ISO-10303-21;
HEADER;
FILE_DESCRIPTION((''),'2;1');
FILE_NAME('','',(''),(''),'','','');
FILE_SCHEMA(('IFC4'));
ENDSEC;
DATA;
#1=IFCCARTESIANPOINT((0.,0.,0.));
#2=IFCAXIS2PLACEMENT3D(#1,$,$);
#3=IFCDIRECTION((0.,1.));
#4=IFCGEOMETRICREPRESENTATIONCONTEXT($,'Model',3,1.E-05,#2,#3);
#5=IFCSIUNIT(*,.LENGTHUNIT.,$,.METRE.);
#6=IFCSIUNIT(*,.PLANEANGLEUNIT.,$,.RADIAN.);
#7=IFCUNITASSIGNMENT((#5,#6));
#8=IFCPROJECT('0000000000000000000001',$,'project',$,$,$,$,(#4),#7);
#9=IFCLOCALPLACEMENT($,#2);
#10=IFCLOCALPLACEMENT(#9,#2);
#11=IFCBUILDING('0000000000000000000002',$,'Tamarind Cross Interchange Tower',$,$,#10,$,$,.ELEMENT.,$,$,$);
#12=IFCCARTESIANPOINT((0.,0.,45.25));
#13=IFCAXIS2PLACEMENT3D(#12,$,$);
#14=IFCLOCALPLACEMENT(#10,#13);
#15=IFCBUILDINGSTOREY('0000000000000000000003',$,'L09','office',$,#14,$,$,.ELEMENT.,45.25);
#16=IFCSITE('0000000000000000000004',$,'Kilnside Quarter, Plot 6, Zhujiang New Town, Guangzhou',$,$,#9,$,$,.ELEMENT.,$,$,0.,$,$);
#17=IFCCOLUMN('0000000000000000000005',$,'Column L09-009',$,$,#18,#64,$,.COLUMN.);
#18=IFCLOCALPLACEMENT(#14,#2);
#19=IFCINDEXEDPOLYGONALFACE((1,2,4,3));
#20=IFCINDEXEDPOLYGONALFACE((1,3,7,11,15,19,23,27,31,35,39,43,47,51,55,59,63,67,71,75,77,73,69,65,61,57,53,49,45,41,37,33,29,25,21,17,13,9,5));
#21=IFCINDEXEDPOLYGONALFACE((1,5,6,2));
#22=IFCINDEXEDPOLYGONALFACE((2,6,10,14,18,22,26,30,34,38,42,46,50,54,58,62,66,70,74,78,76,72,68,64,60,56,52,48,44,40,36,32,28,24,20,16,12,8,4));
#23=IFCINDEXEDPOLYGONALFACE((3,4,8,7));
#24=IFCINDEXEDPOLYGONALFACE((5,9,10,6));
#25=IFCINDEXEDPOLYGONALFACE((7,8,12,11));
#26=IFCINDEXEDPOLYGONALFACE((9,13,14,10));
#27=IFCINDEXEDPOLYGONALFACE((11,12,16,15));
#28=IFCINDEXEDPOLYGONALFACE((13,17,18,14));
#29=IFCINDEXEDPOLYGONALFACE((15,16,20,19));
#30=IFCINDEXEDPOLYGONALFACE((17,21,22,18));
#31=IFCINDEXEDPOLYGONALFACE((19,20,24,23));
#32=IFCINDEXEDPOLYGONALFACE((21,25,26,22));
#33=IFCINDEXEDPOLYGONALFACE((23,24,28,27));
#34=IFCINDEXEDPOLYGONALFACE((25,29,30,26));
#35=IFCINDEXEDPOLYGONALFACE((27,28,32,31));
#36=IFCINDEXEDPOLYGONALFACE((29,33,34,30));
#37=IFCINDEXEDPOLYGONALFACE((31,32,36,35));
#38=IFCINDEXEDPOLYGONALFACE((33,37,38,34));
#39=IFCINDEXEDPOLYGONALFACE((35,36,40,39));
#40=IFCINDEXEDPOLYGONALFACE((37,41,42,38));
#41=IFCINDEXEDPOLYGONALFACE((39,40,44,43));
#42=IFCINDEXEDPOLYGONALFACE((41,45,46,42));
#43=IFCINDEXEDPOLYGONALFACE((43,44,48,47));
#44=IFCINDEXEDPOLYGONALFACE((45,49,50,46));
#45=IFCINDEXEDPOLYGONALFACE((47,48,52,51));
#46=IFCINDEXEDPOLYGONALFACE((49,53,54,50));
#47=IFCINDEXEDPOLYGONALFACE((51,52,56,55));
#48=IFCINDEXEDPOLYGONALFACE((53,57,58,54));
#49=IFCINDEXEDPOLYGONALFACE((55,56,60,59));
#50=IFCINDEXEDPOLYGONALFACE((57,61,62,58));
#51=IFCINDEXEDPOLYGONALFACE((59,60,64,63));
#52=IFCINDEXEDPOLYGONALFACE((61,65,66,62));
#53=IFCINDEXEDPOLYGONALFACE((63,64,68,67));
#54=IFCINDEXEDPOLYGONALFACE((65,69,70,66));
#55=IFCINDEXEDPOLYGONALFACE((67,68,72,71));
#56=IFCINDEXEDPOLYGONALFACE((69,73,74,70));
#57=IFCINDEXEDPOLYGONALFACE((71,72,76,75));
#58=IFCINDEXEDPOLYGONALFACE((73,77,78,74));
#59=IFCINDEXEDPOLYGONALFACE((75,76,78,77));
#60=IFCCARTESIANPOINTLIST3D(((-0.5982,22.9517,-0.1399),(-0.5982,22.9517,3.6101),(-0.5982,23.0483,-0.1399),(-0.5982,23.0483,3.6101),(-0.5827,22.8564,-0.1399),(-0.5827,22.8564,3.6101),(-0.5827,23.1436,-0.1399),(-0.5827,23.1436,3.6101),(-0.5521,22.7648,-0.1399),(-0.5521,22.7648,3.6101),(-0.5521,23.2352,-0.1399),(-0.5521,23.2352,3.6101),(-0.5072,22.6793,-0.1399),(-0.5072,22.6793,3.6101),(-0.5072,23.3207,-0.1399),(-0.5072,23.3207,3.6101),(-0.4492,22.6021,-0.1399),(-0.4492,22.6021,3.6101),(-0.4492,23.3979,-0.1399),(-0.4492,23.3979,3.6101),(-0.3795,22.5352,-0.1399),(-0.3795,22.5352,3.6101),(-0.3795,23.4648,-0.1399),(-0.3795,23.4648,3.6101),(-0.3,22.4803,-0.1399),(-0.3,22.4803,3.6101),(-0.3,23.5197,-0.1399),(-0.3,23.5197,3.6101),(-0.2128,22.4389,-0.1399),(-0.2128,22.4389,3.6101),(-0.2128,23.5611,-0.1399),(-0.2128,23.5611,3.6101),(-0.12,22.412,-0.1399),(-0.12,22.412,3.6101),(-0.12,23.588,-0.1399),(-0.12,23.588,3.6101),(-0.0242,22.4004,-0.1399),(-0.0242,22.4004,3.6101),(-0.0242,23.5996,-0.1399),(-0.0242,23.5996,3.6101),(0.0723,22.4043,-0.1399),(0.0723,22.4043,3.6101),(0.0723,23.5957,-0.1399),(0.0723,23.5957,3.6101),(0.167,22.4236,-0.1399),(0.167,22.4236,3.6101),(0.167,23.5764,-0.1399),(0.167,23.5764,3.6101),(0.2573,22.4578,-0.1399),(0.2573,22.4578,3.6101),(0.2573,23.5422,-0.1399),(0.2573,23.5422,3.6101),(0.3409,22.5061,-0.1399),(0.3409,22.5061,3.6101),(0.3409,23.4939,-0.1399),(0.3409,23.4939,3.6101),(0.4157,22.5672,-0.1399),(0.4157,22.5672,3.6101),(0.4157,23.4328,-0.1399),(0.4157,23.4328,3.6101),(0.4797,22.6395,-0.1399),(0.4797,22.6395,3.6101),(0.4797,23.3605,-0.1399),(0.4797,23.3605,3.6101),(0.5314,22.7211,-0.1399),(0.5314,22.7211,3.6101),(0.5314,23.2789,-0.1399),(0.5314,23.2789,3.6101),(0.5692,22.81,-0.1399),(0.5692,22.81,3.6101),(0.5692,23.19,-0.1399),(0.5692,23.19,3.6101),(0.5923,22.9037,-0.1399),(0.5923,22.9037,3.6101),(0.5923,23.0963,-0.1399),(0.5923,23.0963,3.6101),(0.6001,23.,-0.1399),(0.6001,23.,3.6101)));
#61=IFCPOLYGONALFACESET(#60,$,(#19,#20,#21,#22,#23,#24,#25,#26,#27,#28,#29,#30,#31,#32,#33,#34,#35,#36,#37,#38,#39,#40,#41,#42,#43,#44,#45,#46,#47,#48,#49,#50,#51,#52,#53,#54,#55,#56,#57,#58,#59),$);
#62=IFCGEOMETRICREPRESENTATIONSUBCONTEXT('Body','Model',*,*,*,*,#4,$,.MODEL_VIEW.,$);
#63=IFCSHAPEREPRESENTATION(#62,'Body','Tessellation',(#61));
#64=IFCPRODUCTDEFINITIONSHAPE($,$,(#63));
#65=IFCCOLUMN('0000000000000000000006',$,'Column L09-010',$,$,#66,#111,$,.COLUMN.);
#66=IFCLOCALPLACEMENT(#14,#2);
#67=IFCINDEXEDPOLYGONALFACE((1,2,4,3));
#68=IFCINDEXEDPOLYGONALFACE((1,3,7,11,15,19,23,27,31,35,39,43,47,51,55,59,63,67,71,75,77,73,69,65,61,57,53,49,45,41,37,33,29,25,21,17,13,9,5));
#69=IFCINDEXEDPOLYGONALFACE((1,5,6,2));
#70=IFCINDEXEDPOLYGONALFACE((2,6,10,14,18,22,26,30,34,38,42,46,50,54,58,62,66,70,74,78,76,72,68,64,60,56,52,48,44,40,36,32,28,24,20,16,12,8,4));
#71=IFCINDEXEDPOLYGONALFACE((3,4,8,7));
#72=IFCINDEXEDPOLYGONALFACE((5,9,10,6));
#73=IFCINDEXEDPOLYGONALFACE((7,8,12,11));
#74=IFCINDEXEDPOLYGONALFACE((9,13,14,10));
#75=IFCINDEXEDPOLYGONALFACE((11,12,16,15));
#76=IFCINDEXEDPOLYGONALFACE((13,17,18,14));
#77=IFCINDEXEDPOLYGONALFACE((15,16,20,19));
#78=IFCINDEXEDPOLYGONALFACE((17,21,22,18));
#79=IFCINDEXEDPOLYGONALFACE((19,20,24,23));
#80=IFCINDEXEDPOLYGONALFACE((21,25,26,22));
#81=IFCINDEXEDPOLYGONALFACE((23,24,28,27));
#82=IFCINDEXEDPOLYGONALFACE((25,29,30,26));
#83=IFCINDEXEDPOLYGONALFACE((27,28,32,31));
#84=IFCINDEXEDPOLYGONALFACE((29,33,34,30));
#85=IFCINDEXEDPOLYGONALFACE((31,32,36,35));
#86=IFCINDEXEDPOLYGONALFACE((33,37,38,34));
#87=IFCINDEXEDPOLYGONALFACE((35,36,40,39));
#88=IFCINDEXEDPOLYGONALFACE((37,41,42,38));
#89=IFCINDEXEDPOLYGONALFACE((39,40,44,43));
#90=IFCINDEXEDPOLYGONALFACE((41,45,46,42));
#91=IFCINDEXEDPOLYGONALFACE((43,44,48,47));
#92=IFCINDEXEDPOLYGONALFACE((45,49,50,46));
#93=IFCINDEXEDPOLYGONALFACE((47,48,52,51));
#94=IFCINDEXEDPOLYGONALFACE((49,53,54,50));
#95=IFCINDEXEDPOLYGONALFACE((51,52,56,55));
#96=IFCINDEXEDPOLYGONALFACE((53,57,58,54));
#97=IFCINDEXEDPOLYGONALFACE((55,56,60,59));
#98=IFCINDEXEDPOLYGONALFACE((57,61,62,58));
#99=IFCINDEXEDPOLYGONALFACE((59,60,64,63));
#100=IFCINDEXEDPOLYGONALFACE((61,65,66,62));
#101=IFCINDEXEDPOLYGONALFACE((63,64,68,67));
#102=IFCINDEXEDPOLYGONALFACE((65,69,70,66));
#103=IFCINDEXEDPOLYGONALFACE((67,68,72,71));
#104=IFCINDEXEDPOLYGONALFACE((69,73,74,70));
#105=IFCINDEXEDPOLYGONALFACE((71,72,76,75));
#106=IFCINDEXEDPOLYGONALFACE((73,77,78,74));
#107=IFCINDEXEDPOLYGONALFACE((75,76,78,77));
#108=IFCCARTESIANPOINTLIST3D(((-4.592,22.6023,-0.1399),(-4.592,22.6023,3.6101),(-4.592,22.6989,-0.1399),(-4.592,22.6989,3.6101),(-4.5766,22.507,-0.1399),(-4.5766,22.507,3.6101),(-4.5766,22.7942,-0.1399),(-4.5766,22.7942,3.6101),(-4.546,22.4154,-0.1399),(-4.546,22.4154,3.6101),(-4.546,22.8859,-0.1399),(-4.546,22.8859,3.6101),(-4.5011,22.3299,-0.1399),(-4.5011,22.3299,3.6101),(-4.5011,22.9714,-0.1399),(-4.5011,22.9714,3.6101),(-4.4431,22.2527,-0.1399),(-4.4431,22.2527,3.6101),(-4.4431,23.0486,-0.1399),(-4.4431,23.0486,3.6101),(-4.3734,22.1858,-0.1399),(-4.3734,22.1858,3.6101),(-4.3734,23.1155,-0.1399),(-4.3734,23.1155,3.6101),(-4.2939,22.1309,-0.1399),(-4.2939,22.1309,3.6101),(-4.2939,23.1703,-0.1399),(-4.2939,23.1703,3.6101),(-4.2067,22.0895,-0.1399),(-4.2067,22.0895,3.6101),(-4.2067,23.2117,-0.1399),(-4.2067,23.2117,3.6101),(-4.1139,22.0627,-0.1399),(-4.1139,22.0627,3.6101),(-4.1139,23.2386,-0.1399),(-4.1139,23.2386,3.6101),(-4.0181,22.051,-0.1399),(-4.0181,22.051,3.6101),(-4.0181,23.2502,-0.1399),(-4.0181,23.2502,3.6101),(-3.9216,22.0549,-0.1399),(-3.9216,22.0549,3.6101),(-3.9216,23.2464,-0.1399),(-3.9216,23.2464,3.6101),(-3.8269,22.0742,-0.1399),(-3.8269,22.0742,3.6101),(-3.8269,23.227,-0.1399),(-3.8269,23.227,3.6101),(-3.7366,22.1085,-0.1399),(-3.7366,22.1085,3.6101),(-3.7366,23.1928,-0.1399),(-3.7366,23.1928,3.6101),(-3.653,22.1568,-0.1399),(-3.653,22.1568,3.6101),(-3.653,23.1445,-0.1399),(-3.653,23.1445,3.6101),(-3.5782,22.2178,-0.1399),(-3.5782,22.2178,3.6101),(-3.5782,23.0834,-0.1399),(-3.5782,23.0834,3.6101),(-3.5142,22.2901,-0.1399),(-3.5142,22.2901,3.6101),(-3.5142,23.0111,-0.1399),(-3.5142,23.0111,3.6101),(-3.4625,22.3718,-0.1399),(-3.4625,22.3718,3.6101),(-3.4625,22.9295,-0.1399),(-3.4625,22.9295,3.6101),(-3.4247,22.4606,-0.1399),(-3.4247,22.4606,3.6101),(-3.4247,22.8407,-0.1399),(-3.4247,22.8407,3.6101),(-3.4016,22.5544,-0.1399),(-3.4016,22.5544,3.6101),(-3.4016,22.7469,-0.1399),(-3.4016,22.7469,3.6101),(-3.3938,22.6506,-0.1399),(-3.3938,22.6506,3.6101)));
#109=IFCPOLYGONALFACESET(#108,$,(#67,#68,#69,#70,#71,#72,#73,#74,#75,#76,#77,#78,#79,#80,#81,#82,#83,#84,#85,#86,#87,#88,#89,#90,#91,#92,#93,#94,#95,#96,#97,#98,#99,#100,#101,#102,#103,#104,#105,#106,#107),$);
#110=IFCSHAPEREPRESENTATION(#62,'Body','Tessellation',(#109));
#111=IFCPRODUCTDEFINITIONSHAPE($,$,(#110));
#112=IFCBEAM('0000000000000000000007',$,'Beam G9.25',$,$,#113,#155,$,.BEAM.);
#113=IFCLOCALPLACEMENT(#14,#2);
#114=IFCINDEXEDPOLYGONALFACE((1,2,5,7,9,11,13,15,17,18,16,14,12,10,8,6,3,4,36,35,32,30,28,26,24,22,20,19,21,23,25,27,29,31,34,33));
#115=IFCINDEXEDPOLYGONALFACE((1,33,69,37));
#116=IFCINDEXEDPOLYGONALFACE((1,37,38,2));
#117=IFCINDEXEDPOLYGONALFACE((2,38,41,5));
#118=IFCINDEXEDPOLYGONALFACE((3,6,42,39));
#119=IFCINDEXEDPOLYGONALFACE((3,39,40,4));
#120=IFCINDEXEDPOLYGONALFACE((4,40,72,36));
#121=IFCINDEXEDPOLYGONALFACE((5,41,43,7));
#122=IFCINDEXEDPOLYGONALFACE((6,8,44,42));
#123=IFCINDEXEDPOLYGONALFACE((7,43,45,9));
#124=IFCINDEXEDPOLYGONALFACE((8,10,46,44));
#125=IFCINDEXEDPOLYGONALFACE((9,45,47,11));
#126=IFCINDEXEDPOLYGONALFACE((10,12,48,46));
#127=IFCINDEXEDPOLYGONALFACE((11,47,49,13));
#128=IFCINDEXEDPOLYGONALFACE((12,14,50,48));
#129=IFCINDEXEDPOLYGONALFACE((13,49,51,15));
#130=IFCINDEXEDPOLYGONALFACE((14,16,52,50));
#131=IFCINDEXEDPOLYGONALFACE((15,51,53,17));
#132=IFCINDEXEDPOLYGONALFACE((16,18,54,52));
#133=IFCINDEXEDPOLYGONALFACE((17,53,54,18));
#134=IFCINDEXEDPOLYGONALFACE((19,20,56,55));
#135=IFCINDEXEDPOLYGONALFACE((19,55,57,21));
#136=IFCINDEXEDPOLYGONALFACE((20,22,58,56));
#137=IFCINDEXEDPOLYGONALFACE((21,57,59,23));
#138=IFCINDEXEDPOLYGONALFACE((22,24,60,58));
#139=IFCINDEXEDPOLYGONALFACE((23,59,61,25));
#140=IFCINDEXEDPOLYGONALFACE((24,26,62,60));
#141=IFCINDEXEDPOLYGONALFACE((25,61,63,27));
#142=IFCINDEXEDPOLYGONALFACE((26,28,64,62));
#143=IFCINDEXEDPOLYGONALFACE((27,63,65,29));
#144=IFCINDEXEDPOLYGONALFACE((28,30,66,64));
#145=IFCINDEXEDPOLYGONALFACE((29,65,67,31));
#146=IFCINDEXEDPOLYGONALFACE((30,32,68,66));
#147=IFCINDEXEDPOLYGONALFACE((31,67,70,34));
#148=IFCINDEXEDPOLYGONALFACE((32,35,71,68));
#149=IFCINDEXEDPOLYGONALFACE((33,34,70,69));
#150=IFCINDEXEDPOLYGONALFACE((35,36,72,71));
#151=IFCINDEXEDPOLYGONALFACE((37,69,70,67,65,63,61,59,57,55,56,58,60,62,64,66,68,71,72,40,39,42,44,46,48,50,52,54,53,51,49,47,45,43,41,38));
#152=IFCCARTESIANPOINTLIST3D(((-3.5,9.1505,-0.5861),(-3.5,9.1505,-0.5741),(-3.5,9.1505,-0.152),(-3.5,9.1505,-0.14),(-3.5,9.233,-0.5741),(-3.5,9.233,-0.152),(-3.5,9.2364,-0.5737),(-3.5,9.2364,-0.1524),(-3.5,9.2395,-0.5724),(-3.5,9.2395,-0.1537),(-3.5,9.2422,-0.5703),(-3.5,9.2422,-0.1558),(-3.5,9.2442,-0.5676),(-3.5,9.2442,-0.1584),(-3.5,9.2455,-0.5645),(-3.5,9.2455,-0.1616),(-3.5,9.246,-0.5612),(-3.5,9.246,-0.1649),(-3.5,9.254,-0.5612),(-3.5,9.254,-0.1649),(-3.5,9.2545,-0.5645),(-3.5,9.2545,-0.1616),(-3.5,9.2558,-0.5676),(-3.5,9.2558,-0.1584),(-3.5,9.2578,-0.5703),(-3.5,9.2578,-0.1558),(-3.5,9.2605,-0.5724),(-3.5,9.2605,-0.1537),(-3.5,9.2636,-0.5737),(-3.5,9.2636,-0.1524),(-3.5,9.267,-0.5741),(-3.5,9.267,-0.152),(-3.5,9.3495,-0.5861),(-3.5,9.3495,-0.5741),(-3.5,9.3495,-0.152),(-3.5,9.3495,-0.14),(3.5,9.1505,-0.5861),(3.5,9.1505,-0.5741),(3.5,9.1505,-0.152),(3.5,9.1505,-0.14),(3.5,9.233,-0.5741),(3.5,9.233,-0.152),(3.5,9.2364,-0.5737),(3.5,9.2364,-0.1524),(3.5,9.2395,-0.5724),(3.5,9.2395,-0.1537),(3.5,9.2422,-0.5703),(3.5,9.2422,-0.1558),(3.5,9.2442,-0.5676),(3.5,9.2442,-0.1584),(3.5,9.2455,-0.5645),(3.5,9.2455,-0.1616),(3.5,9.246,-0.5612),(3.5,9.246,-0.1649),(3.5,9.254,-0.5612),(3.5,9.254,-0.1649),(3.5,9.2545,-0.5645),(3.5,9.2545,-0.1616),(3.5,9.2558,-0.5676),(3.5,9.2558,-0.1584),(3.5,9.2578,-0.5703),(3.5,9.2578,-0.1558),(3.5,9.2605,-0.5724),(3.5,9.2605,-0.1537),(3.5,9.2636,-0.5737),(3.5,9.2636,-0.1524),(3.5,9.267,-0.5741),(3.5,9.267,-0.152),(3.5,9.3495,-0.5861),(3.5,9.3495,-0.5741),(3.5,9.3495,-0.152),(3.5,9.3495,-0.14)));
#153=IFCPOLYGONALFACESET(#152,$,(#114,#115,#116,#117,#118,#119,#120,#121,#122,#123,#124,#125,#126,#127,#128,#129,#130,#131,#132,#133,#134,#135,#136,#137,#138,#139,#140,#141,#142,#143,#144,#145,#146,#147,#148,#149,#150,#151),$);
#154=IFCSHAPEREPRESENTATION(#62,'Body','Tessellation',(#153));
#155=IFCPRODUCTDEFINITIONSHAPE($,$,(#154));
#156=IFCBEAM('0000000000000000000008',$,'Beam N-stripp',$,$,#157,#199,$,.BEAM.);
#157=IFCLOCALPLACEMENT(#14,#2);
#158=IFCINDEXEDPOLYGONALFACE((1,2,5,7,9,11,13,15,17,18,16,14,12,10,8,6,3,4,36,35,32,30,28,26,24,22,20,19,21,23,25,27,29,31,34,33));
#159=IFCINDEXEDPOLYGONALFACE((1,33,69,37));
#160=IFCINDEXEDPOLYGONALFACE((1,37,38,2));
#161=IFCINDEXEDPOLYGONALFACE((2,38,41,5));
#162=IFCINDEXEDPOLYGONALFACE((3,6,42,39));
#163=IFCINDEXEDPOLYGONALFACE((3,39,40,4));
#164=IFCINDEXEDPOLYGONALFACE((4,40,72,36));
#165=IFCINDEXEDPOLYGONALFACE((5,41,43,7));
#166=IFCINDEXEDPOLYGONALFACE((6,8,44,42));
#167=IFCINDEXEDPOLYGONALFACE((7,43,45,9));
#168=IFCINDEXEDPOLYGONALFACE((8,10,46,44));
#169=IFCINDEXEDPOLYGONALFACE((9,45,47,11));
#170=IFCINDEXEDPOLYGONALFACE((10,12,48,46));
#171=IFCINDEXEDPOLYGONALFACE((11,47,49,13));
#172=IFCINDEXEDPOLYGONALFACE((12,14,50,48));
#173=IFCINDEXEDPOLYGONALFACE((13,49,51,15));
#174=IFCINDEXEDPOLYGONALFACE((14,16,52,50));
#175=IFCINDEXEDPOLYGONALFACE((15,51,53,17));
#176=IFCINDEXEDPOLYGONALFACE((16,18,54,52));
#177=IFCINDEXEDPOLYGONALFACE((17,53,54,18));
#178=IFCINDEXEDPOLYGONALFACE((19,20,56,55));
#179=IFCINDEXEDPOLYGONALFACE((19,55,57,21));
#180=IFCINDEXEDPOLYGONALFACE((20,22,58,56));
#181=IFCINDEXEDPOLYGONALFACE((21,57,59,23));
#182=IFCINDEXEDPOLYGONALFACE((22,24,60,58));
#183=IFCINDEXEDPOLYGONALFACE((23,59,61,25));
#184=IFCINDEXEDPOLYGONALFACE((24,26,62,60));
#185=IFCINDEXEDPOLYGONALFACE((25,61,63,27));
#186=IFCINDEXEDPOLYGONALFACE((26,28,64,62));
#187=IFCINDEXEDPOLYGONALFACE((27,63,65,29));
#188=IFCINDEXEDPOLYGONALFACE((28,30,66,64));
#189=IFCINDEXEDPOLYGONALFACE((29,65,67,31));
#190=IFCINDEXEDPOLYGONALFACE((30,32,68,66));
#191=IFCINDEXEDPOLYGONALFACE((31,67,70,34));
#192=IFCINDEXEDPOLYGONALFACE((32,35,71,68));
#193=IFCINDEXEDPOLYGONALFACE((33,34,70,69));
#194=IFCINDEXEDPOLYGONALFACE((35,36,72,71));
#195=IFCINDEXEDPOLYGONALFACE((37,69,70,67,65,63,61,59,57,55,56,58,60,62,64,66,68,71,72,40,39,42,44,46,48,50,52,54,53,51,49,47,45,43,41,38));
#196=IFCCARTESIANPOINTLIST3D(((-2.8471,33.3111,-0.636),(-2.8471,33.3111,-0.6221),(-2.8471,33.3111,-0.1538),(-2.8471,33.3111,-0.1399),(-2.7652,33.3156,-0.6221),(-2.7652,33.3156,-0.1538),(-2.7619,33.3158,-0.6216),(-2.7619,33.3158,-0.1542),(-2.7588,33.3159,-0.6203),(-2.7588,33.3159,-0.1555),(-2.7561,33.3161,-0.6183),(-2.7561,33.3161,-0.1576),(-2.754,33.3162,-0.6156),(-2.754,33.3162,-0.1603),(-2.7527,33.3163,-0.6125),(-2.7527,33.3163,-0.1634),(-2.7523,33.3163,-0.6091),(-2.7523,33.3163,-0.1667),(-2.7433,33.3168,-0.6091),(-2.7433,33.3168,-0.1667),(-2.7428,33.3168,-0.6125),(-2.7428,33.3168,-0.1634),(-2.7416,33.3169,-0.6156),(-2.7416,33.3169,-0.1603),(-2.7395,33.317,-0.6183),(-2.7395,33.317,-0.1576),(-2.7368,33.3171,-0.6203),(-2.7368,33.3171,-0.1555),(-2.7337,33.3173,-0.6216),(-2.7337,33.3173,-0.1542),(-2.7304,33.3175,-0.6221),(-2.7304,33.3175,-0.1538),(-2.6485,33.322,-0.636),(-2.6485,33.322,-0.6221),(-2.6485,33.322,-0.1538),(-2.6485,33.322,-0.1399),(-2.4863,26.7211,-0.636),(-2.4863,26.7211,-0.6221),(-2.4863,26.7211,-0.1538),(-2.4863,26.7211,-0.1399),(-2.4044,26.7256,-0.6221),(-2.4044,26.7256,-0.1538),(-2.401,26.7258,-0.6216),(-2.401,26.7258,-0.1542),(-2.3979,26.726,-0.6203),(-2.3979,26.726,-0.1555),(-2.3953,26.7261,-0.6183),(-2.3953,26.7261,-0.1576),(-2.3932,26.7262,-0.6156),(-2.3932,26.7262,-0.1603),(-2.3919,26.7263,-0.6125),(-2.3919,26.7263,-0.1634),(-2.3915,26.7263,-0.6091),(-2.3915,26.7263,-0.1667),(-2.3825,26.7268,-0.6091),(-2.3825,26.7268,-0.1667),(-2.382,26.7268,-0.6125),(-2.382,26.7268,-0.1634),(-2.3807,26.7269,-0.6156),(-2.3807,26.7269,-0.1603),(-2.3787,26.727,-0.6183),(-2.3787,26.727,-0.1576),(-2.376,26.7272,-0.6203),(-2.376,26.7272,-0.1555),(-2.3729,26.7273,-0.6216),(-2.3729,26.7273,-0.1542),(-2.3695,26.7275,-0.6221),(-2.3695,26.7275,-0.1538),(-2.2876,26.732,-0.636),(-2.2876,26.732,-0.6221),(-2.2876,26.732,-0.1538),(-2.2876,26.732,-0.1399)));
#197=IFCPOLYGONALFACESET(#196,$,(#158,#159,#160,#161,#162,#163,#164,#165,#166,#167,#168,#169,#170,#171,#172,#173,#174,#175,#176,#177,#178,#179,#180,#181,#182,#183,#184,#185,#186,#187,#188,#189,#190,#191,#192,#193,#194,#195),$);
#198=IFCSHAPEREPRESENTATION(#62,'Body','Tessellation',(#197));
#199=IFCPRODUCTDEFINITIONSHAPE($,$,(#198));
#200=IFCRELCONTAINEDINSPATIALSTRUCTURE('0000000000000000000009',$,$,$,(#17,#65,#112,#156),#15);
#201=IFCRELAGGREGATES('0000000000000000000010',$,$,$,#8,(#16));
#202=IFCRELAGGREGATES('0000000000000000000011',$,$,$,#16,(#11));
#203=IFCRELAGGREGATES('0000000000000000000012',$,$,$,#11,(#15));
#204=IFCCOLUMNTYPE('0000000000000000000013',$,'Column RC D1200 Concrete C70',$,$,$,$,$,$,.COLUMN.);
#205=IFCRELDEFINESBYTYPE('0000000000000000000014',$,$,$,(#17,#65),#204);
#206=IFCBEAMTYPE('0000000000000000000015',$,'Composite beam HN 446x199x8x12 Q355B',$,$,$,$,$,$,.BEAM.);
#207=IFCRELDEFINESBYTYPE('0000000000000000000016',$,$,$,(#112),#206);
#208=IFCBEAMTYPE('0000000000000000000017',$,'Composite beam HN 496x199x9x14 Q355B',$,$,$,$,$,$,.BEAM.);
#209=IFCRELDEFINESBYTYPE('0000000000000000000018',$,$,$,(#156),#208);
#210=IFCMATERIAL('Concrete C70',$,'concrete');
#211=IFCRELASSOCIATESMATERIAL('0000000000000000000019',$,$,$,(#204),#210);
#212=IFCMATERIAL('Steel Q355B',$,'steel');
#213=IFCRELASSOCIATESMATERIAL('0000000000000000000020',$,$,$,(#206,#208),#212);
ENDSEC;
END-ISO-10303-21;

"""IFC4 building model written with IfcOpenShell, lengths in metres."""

from ifc_helpers import new_model, si_unit, direction, frame, origin, origin_2d, place, context, subcontext, project, spatial, circle, i_section, extrude, material, material_profile, profile_set, type_object, element, save


model = new_model("IFC4")

# Units and contexts
model_context = context("Model", 3, precision=1e-05, world=origin(), true_north=direction((0.0, 1.0)))
body_context = subcontext(model_context, "Body", "Model", "MODEL_VIEW")
ifc_project = project(units=[si_unit("LENGTHUNIT", "METRE"), si_unit("PLANEANGLEUNIT", "RADIAN")], contexts=[model_context])

# Site, building, storey
site_placement = place(None, origin())
site = spatial("IfcSite", under=ifc_project, at=site_placement, Name="Kilnside Quarter, Plot 6, Zhujiang New Town, Guangzhou", CompositionType="ELEMENT", RefElevation=0.0)
building_placement = place(site_placement, origin())
building = spatial("IfcBuilding", under=site, at=building_placement, Name="Tamarind Cross Interchange Tower", CompositionType="ELEMENT")
storey_placement = place(building_placement, frame((0.0, 0.0, 45.25)))
storey = spatial("IfcBuildingStorey", under=building, at=storey_placement, Name="L09", Description="office", CompositionType="ELEMENT", Elevation=45.25)

# Columns
ifc_material_1 = material(Name="Concrete C70", Category="concrete")
ifc_material_profile_1 = material_profile(ifc_material_1, circle(Radius=0.6001, at=origin_2d()), Name="RC D1200")
ifc_profile_set_1 = profile_set([ifc_material_profile_1], Name="Concrete C70")
column_type = type_object("IfcColumnType", Name="Column RC D1200 Concrete C70", PredefinedType="COLUMN", material=ifc_profile_set_1)
for number, where, z_axis, x_axis, name in (
    (1, (0.0, 23.0, -0.1399), (0.0, 0.0, 1.0), (1.0, 0.0, 0.0), "Column L09-009"),
    (2, (-3.9939, 22.6506, -0.1399), (0.0, 0.0, 1.0), (1.0, 0.0, 0.0), "Column L09-010"),
):
    element("IfcColumn", number, at=place(storey_placement, frame(where, z_axis=z_axis, x_axis=x_axis)), inside=storey, type_object=column_type, Name=name, PredefinedType="COLUMN", context=body_context, shape_type="SweptSolid", body=[
        extrude(circle(Radius=0.6001, at=origin_2d()), origin(), (0.0, 0.0, 1.0), 3.75),
    ])

# Beams
ifc_material_2 = material(Name="Steel Q355B", Category="steel")
ifc_material_profile_2 = material_profile(ifc_material_2, i_section(OverallWidth=0.199, OverallDepth=0.446, WebThickness=0.0081, FlangeThickness=0.012, FilletRadius=0.0129, at=origin_2d()), Name="HN 446x199x8x12")
ifc_profile_set_2 = profile_set([ifc_material_profile_2], Name="Steel Q355B")
beam_type_1 = type_object("IfcBeamType", Name="Composite beam HN 446x199x8x12 Q355B", PredefinedType="BEAM", material=ifc_profile_set_2)
beam_1_placement = place(storey_placement, frame((-3.5, 9.25, -0.363), z_axis=(1.0, 0.0, 0.0), x_axis=(0.0, 1.0, 0.0)))
element("IfcBeam", 3, at=beam_1_placement, inside=storey, type_object=beam_type_1, Name="Beam G9.25", PredefinedType="BEAM", context=body_context, shape_type="SweptSolid", body=[
    extrude(i_section(OverallWidth=0.199, OverallDepth=0.446, WebThickness=0.0081, FlangeThickness=0.012, FilletRadius=0.0129, at=origin_2d()), origin(), (0.0, 0.0, 1.0), 7.0),
])
ifc_material_profile_3 = material_profile(ifc_material_2, i_section(OverallWidth=0.199, OverallDepth=0.4961, WebThickness=0.009, FlangeThickness=0.0139, FilletRadius=0.0129, at=origin_2d()), Name="HN 496x199x9x14")
ifc_profile_set_3 = profile_set([ifc_material_profile_3], Name="Steel Q355B")
beam_type_2 = type_object("IfcBeamType", Name="Composite beam HN 496x199x9x14 Q355B", PredefinedType="BEAM", material=ifc_profile_set_3)
beam_2_placement = place(storey_placement, frame((-2.387, 26.7266, -0.3879), z_axis=(-0.054673, 0.998504, 0.0), x_axis=(-0.998504, -0.054673, 0.0)))
element("IfcBeam", 4, at=beam_2_placement, inside=storey, type_object=beam_type_2, Name="Beam N-stripp", PredefinedType="BEAM", context=body_context, shape_type="SweptSolid", body=[
    extrude(i_section(OverallWidth=0.199, OverallDepth=0.4961, WebThickness=0.009, FlangeThickness=0.0139, FilletRadius=0.0129, at=origin_2d()), origin(), (0.0, 0.0, 1.0), 6.5999),
])

save(model, "model.ifc")
